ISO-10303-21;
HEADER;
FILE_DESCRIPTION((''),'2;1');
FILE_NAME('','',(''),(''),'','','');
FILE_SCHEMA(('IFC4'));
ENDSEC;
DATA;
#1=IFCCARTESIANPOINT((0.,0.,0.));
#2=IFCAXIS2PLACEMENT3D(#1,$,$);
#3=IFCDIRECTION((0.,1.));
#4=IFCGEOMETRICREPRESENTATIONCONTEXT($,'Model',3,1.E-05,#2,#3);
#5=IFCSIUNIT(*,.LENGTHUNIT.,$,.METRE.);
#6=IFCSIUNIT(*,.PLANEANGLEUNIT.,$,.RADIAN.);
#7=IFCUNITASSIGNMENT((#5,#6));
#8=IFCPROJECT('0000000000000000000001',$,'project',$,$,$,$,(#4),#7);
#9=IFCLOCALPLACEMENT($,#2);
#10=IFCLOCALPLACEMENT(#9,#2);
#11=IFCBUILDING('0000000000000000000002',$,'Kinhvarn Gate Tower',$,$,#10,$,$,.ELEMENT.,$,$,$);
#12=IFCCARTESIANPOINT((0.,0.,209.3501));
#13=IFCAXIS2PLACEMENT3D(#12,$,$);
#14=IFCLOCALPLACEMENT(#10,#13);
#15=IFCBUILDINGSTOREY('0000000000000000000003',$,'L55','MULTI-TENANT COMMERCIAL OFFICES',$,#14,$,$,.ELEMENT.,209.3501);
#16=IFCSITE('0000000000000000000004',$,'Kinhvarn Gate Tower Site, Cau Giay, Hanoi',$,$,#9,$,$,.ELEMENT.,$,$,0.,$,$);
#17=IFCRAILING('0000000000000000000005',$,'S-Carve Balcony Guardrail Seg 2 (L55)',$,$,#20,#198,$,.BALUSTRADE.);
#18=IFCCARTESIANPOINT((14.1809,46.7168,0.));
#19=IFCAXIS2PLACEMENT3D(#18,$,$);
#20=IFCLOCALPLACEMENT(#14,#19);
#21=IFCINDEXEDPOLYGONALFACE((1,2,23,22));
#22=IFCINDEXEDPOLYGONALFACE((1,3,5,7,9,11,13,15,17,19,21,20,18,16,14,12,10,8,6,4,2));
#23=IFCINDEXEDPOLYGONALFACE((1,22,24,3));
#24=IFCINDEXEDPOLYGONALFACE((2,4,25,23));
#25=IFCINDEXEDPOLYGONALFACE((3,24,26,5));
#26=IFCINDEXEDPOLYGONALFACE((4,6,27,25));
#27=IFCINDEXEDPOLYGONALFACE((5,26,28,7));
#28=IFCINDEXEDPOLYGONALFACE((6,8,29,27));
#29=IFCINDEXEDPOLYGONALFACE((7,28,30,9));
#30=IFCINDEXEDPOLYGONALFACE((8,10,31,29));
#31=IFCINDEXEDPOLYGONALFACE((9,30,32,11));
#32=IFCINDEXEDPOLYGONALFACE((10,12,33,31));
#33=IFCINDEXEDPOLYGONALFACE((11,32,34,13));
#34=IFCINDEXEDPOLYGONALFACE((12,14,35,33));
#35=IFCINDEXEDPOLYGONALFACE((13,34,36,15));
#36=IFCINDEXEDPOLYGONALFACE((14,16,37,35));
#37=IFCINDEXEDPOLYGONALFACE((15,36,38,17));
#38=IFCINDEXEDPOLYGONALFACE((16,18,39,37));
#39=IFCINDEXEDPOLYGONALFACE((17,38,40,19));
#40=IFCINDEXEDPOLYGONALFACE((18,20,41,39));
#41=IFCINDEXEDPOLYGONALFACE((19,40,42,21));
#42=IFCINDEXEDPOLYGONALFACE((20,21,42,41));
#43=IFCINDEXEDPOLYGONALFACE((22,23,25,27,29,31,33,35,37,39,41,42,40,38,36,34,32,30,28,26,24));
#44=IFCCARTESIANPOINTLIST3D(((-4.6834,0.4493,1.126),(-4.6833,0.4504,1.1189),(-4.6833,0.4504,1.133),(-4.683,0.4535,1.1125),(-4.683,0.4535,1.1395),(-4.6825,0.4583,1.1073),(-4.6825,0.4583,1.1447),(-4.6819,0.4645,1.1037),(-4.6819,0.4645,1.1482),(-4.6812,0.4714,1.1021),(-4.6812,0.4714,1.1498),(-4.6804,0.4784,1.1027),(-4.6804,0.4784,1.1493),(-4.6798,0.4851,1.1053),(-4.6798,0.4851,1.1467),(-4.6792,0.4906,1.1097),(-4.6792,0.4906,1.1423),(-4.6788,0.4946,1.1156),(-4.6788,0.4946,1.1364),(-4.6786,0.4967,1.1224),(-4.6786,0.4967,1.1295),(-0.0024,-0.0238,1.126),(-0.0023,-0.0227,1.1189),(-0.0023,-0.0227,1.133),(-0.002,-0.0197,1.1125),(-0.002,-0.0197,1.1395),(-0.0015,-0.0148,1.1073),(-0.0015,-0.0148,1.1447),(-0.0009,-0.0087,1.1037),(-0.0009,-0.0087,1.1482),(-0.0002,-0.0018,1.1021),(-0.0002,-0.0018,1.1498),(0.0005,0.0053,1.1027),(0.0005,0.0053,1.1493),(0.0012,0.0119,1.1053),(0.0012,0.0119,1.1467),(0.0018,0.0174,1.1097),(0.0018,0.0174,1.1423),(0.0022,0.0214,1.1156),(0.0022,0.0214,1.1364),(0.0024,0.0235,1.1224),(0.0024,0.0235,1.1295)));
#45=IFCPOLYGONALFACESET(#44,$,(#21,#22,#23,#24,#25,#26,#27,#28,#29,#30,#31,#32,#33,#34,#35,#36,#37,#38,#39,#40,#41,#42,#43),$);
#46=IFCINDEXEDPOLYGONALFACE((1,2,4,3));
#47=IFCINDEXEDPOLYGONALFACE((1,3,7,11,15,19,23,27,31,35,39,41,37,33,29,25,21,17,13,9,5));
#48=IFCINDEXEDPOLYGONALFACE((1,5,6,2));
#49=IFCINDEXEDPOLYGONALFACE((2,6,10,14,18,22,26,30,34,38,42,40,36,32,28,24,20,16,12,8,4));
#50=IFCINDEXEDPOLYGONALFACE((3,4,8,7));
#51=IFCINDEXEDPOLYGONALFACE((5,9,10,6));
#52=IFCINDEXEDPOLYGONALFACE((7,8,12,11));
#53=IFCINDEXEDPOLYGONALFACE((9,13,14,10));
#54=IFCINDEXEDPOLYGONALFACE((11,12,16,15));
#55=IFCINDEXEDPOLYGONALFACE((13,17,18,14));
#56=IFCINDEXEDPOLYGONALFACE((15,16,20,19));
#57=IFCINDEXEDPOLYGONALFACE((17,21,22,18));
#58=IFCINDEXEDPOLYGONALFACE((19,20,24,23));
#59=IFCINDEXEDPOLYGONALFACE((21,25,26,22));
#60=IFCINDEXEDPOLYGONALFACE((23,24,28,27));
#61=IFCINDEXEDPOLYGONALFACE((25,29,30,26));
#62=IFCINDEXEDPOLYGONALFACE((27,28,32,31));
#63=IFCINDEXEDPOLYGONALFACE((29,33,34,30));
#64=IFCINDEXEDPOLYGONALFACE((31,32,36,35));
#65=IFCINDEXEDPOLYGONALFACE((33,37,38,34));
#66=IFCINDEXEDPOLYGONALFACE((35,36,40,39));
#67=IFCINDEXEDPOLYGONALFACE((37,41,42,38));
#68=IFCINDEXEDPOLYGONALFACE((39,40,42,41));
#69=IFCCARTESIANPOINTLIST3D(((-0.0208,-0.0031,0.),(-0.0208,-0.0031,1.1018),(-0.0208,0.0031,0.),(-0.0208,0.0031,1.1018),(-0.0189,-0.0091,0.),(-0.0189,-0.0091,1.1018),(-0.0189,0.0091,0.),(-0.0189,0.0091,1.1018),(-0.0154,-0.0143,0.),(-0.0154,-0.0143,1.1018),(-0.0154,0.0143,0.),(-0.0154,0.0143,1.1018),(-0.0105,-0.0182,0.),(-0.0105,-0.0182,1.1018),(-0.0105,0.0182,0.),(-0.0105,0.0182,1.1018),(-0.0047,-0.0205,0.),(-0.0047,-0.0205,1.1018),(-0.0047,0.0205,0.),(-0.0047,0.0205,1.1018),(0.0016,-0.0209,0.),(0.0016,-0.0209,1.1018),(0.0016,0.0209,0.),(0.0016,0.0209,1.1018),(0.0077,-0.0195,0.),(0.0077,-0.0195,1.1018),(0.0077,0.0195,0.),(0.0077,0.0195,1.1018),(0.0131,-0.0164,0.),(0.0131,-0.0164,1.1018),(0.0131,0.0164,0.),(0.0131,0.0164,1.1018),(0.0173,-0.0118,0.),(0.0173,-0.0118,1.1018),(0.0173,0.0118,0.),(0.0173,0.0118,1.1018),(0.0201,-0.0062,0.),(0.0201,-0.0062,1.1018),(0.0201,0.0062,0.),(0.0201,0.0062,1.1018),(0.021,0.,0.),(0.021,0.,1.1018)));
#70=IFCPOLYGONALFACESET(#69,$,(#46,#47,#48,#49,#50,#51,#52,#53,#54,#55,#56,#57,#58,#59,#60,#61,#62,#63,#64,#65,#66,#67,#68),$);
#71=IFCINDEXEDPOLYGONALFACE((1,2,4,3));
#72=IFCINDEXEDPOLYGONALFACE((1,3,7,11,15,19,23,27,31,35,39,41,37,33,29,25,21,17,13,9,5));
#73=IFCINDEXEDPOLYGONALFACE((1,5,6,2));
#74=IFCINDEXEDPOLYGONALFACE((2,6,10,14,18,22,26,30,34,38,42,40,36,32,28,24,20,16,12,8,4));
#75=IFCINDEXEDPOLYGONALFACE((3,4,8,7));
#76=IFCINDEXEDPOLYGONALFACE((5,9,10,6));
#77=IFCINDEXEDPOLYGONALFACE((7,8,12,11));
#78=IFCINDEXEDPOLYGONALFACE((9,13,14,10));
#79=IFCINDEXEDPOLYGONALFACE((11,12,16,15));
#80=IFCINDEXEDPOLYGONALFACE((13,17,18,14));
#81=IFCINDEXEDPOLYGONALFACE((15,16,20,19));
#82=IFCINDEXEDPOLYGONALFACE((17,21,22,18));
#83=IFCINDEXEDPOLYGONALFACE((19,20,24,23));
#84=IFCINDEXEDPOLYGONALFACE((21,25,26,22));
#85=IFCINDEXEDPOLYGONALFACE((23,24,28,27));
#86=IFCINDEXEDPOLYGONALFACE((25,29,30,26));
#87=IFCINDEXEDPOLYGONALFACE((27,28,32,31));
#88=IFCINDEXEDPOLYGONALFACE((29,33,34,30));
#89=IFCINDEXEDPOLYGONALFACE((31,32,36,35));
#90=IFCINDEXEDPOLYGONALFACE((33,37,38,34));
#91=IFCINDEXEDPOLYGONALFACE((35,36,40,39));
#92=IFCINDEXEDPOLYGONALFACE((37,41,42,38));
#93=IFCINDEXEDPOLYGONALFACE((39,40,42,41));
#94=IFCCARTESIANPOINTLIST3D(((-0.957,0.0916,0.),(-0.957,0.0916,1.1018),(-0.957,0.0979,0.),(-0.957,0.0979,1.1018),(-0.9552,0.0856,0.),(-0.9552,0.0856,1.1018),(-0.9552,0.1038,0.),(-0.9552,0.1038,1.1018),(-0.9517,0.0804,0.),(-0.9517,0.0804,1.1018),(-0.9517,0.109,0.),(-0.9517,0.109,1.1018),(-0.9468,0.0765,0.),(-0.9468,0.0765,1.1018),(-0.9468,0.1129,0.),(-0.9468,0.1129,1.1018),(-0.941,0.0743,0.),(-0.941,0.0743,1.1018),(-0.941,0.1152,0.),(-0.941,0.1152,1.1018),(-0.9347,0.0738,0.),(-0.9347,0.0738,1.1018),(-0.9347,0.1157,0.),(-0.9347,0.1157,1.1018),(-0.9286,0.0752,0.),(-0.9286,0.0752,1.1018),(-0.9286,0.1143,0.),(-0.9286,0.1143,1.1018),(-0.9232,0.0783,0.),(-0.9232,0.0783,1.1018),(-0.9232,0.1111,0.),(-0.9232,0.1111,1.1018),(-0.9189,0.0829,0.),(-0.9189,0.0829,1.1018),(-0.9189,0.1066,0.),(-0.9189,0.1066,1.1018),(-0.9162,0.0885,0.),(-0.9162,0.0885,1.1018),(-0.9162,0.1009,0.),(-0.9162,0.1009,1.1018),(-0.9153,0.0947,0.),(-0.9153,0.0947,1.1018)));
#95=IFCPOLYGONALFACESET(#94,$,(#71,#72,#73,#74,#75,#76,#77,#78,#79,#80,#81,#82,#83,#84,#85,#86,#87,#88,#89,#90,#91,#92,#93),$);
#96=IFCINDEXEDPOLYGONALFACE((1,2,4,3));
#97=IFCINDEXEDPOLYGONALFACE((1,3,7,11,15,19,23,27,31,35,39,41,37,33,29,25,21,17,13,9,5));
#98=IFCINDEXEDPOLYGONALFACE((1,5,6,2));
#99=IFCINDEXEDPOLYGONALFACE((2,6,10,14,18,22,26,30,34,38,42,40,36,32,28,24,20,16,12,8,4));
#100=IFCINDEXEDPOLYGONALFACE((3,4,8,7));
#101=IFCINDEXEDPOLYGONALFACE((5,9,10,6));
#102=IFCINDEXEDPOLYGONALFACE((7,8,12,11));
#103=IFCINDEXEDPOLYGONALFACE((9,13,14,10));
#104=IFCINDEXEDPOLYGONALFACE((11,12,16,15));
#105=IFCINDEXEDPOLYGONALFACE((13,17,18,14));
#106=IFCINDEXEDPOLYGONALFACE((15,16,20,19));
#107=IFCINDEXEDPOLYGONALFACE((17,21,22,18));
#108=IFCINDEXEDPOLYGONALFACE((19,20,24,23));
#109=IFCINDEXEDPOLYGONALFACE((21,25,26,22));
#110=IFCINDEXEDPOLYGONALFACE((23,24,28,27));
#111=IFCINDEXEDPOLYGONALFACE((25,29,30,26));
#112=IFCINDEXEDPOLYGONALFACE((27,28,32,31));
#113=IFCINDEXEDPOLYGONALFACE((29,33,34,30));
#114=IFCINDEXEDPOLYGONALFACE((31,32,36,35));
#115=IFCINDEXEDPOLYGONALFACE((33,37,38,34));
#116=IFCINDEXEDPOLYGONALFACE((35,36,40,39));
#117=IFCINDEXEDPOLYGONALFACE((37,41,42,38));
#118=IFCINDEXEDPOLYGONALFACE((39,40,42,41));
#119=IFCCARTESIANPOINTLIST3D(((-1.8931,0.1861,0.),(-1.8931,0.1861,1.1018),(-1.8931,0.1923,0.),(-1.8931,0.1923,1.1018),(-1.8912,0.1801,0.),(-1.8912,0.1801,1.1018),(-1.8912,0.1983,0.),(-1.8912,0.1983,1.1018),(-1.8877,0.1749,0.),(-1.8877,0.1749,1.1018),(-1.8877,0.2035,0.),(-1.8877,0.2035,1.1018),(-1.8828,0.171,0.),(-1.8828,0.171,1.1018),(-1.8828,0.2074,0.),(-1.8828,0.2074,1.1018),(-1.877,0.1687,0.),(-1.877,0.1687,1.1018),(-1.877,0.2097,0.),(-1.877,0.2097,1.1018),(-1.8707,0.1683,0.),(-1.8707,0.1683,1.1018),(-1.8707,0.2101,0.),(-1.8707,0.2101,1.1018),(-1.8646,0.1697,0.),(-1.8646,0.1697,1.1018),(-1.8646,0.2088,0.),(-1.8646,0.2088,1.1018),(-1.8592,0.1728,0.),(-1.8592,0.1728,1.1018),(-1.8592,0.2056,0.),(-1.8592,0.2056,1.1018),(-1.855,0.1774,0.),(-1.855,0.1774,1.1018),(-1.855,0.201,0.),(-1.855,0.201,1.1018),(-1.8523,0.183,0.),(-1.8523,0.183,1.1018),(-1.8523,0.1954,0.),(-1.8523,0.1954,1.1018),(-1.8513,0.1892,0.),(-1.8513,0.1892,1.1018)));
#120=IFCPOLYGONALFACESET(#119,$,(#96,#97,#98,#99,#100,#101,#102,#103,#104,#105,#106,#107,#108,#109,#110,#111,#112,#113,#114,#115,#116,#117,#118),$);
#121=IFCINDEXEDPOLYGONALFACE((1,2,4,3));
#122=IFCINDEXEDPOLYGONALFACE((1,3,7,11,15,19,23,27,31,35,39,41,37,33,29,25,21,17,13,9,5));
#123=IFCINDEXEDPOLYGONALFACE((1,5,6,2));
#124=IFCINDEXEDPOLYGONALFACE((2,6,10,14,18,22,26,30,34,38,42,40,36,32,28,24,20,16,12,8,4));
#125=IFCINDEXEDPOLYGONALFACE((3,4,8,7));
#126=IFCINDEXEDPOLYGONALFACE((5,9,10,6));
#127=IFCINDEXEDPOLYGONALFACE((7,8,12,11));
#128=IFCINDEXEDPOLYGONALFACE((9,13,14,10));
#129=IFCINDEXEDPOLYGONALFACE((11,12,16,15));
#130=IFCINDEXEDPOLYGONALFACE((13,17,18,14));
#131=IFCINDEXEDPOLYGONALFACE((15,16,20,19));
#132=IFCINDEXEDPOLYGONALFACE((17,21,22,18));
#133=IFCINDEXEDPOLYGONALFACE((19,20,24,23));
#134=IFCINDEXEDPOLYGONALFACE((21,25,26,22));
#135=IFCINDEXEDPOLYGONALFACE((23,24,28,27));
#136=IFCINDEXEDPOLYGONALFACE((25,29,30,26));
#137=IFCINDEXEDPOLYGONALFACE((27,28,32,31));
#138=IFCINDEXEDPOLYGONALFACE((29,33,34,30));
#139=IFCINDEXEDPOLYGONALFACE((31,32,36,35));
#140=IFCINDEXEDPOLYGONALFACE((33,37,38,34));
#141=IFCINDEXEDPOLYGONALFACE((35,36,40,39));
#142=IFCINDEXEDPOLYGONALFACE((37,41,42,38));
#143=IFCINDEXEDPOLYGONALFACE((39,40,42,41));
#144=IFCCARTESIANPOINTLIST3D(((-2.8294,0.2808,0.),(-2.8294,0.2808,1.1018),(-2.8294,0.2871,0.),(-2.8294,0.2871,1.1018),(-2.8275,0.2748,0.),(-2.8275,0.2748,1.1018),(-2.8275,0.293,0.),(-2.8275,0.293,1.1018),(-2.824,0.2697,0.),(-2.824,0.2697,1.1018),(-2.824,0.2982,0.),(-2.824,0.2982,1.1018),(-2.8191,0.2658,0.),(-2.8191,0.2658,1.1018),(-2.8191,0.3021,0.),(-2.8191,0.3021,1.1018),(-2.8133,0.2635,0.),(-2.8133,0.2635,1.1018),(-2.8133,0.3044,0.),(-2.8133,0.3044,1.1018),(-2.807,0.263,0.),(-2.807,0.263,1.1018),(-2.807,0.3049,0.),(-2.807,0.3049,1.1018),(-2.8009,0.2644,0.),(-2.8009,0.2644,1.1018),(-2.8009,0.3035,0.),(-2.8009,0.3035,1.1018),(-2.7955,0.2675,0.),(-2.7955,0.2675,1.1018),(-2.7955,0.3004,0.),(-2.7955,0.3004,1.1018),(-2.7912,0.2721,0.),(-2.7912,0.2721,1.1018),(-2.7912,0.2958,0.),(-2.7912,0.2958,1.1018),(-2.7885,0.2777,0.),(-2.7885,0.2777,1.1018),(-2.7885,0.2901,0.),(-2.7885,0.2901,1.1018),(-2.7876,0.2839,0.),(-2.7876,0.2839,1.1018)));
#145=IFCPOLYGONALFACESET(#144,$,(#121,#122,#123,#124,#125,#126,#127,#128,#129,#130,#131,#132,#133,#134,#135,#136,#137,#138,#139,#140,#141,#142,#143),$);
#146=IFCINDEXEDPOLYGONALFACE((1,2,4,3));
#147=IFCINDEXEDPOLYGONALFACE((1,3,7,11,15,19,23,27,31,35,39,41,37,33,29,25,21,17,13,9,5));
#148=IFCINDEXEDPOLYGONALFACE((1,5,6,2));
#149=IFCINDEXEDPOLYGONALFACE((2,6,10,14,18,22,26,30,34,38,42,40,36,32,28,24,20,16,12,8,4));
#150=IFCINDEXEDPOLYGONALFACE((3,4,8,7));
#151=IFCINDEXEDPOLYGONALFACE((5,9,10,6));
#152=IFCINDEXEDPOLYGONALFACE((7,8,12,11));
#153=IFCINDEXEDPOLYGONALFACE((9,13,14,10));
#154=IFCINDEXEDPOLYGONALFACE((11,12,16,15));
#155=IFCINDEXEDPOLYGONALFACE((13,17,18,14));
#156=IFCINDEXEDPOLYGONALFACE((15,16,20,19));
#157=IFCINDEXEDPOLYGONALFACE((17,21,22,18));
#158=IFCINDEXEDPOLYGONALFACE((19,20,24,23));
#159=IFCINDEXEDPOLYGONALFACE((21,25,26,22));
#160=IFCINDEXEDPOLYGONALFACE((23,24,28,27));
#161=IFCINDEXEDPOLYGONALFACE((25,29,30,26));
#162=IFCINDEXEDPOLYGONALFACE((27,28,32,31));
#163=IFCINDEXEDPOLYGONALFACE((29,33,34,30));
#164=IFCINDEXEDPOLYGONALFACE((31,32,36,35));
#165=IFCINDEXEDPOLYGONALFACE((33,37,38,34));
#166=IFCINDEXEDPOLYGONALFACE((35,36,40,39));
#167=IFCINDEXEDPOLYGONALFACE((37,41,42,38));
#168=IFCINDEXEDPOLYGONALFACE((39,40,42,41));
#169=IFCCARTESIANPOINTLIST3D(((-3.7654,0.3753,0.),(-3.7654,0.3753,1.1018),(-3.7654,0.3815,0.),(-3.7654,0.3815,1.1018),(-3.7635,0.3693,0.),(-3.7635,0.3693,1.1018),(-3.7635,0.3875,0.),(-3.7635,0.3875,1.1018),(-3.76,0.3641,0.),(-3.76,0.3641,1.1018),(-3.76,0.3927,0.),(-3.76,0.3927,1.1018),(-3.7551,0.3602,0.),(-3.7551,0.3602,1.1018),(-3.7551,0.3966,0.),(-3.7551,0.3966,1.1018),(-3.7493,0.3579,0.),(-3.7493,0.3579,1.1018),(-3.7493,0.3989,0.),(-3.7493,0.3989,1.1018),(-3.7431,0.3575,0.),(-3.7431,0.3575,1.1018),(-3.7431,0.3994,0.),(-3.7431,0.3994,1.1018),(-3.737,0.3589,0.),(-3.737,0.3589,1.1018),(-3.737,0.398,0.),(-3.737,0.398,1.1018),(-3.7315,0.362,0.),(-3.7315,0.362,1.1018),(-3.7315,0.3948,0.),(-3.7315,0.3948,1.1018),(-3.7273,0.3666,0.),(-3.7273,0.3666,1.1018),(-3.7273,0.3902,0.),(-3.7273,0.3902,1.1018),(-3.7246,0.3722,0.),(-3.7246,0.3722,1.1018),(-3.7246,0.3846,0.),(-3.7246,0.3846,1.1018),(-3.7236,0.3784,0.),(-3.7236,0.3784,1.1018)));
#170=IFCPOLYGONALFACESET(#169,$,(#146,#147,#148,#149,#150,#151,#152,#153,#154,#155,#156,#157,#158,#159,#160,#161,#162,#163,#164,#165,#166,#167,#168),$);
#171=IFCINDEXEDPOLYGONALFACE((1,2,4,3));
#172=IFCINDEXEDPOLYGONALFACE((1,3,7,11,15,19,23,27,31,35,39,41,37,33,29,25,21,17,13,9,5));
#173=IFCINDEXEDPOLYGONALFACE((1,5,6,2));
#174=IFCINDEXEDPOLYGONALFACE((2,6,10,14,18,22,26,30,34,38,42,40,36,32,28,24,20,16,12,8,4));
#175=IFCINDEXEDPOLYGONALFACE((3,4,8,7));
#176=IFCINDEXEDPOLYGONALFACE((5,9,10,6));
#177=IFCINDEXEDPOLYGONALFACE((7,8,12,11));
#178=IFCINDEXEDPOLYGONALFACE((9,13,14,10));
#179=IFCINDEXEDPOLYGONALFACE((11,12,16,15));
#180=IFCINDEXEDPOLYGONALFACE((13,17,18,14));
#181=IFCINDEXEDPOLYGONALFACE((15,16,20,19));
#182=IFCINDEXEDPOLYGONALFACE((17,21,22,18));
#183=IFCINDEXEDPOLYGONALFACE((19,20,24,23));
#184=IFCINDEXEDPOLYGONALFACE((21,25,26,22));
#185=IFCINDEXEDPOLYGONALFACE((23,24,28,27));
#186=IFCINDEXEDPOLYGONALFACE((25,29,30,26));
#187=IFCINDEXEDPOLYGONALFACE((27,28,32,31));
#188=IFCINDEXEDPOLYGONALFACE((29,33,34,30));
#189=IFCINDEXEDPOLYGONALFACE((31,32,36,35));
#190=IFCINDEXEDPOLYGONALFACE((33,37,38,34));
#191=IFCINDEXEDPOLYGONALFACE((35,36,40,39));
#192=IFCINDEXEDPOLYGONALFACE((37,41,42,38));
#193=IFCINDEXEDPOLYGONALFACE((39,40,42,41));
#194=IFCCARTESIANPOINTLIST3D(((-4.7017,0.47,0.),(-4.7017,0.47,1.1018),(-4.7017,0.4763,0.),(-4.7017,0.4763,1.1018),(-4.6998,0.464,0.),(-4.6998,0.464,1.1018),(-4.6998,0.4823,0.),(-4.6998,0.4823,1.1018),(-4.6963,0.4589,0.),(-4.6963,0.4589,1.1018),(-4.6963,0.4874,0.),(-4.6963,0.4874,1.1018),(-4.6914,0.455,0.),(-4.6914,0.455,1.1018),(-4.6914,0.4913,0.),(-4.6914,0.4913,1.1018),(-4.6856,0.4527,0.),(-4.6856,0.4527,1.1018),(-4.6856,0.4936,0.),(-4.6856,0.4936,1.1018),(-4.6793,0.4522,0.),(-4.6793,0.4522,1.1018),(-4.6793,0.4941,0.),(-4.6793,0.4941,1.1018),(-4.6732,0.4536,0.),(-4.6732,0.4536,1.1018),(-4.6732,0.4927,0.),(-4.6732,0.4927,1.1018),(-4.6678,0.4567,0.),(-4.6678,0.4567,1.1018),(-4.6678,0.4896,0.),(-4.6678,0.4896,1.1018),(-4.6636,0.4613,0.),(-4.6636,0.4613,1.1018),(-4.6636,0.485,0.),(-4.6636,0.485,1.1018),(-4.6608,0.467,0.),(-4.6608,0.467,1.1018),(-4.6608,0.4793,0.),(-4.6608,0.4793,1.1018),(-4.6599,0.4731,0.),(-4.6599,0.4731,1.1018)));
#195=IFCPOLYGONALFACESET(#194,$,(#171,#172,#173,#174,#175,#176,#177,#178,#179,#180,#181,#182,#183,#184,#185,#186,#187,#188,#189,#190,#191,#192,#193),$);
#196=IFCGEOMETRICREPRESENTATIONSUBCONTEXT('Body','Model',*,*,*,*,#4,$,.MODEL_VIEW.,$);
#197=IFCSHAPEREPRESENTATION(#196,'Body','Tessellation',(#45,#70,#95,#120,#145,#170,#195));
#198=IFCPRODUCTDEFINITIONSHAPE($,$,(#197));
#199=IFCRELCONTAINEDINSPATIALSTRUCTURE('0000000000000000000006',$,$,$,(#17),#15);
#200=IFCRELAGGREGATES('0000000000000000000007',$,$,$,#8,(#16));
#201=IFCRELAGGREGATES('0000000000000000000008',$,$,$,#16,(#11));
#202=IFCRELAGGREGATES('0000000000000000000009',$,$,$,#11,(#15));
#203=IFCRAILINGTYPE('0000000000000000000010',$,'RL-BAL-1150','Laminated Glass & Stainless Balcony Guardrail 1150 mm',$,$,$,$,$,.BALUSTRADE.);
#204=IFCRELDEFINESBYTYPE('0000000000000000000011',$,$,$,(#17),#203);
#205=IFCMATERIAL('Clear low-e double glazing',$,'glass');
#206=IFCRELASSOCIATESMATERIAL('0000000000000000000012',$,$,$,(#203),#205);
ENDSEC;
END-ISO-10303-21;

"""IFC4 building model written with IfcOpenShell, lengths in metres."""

from ifc_helpers import new_model, si_unit, direction, frame, origin, origin_2d, place, context, subcontext, project, spatial, circle, extrude, material, type_object, element, save


model = new_model("IFC4")

# Units and contexts
model_context = context("Model", 3, precision=1e-05, world=origin(), true_north=direction((0.0, 1.0)))
body_context = subcontext(model_context, "Body", "Model", "MODEL_VIEW")
ifc_project = project(units=[si_unit("LENGTHUNIT", "METRE"), si_unit("PLANEANGLEUNIT", "RADIAN")], contexts=[model_context])

# Site, building, storey
site_placement = place(None, origin())
site = spatial("IfcSite", under=ifc_project, at=site_placement, Name="Kinhvarn Gate Tower Site, Cau Giay, Hanoi", CompositionType="ELEMENT", RefElevation=0.0)
building_placement = place(site_placement, origin())
building = spatial("IfcBuilding", under=site, at=building_placement, Name="Kinhvarn Gate Tower", CompositionType="ELEMENT")
storey_placement = place(building_placement, frame((0.0, 0.0, 209.3501)))
storey = spatial("IfcBuildingStorey", under=building, at=storey_placement, Name="L55", Description="MULTI-TENANT COMMERCIAL OFFICES", CompositionType="ELEMENT", Elevation=209.3501)

# Shared definitions
ifc_material_1 = material(Name="Clear low-e double glazing", Category="glass")

# Railing
railing_type_1 = type_object("IfcRailingType", Name="RL-BAL-1150", Description="Laminated Glass & Stainless Balcony Guardrail 1150 mm", PredefinedType="BALUSTRADE", material=ifc_material_1)
railing_1_placement = place(storey_placement, frame((14.1809, 46.7168, 0.0)))
element("IfcRailing", 1, at=railing_1_placement, inside=storey, type_object=railing_type_1, Name="S-Carve Balcony Guardrail Seg 2 (L55)", PredefinedType="BALUSTRADE", context=body_context, shape_type="SweptSolid", body=[
    extrude(circle(Radius=0.0239, at=origin_2d()), frame((0.0, 0.0, 1.126), z_axis=(-0.99493, 0.100567, 0.0), x_axis=(-0.100567, -0.99493, 0.0)), (0.0, 0.0, 1.0), 4.7048),
    extrude(circle(Radius=0.021, at=origin_2d()), origin(), (0.0, 0.0, 1.0), 1.1018),
    extrude(circle(Radius=0.021, at=origin_2d()), frame((-0.9363, 0.0947, 0.0)), (0.0, 0.0, 1.0), 1.1018),
    extrude(circle(Radius=0.021, at=origin_2d()), frame((-1.8723, 0.1892, 0.0)), (0.0, 0.0, 1.0), 1.1018),
    extrude(circle(Radius=0.021, at=origin_2d()), frame((-2.8086, 0.2839, 0.0)), (0.0, 0.0, 1.0), 1.1018),
    extrude(circle(Radius=0.021, at=origin_2d()), frame((-3.7446, 0.3784, 0.0)), (0.0, 0.0, 1.0), 1.1018),
    extrude(circle(Radius=0.021, at=origin_2d()), frame((-4.6809, 0.4731, 0.0)), (0.0, 0.0, 1.0), 1.1018),
])

save(model, "model.ifc")
